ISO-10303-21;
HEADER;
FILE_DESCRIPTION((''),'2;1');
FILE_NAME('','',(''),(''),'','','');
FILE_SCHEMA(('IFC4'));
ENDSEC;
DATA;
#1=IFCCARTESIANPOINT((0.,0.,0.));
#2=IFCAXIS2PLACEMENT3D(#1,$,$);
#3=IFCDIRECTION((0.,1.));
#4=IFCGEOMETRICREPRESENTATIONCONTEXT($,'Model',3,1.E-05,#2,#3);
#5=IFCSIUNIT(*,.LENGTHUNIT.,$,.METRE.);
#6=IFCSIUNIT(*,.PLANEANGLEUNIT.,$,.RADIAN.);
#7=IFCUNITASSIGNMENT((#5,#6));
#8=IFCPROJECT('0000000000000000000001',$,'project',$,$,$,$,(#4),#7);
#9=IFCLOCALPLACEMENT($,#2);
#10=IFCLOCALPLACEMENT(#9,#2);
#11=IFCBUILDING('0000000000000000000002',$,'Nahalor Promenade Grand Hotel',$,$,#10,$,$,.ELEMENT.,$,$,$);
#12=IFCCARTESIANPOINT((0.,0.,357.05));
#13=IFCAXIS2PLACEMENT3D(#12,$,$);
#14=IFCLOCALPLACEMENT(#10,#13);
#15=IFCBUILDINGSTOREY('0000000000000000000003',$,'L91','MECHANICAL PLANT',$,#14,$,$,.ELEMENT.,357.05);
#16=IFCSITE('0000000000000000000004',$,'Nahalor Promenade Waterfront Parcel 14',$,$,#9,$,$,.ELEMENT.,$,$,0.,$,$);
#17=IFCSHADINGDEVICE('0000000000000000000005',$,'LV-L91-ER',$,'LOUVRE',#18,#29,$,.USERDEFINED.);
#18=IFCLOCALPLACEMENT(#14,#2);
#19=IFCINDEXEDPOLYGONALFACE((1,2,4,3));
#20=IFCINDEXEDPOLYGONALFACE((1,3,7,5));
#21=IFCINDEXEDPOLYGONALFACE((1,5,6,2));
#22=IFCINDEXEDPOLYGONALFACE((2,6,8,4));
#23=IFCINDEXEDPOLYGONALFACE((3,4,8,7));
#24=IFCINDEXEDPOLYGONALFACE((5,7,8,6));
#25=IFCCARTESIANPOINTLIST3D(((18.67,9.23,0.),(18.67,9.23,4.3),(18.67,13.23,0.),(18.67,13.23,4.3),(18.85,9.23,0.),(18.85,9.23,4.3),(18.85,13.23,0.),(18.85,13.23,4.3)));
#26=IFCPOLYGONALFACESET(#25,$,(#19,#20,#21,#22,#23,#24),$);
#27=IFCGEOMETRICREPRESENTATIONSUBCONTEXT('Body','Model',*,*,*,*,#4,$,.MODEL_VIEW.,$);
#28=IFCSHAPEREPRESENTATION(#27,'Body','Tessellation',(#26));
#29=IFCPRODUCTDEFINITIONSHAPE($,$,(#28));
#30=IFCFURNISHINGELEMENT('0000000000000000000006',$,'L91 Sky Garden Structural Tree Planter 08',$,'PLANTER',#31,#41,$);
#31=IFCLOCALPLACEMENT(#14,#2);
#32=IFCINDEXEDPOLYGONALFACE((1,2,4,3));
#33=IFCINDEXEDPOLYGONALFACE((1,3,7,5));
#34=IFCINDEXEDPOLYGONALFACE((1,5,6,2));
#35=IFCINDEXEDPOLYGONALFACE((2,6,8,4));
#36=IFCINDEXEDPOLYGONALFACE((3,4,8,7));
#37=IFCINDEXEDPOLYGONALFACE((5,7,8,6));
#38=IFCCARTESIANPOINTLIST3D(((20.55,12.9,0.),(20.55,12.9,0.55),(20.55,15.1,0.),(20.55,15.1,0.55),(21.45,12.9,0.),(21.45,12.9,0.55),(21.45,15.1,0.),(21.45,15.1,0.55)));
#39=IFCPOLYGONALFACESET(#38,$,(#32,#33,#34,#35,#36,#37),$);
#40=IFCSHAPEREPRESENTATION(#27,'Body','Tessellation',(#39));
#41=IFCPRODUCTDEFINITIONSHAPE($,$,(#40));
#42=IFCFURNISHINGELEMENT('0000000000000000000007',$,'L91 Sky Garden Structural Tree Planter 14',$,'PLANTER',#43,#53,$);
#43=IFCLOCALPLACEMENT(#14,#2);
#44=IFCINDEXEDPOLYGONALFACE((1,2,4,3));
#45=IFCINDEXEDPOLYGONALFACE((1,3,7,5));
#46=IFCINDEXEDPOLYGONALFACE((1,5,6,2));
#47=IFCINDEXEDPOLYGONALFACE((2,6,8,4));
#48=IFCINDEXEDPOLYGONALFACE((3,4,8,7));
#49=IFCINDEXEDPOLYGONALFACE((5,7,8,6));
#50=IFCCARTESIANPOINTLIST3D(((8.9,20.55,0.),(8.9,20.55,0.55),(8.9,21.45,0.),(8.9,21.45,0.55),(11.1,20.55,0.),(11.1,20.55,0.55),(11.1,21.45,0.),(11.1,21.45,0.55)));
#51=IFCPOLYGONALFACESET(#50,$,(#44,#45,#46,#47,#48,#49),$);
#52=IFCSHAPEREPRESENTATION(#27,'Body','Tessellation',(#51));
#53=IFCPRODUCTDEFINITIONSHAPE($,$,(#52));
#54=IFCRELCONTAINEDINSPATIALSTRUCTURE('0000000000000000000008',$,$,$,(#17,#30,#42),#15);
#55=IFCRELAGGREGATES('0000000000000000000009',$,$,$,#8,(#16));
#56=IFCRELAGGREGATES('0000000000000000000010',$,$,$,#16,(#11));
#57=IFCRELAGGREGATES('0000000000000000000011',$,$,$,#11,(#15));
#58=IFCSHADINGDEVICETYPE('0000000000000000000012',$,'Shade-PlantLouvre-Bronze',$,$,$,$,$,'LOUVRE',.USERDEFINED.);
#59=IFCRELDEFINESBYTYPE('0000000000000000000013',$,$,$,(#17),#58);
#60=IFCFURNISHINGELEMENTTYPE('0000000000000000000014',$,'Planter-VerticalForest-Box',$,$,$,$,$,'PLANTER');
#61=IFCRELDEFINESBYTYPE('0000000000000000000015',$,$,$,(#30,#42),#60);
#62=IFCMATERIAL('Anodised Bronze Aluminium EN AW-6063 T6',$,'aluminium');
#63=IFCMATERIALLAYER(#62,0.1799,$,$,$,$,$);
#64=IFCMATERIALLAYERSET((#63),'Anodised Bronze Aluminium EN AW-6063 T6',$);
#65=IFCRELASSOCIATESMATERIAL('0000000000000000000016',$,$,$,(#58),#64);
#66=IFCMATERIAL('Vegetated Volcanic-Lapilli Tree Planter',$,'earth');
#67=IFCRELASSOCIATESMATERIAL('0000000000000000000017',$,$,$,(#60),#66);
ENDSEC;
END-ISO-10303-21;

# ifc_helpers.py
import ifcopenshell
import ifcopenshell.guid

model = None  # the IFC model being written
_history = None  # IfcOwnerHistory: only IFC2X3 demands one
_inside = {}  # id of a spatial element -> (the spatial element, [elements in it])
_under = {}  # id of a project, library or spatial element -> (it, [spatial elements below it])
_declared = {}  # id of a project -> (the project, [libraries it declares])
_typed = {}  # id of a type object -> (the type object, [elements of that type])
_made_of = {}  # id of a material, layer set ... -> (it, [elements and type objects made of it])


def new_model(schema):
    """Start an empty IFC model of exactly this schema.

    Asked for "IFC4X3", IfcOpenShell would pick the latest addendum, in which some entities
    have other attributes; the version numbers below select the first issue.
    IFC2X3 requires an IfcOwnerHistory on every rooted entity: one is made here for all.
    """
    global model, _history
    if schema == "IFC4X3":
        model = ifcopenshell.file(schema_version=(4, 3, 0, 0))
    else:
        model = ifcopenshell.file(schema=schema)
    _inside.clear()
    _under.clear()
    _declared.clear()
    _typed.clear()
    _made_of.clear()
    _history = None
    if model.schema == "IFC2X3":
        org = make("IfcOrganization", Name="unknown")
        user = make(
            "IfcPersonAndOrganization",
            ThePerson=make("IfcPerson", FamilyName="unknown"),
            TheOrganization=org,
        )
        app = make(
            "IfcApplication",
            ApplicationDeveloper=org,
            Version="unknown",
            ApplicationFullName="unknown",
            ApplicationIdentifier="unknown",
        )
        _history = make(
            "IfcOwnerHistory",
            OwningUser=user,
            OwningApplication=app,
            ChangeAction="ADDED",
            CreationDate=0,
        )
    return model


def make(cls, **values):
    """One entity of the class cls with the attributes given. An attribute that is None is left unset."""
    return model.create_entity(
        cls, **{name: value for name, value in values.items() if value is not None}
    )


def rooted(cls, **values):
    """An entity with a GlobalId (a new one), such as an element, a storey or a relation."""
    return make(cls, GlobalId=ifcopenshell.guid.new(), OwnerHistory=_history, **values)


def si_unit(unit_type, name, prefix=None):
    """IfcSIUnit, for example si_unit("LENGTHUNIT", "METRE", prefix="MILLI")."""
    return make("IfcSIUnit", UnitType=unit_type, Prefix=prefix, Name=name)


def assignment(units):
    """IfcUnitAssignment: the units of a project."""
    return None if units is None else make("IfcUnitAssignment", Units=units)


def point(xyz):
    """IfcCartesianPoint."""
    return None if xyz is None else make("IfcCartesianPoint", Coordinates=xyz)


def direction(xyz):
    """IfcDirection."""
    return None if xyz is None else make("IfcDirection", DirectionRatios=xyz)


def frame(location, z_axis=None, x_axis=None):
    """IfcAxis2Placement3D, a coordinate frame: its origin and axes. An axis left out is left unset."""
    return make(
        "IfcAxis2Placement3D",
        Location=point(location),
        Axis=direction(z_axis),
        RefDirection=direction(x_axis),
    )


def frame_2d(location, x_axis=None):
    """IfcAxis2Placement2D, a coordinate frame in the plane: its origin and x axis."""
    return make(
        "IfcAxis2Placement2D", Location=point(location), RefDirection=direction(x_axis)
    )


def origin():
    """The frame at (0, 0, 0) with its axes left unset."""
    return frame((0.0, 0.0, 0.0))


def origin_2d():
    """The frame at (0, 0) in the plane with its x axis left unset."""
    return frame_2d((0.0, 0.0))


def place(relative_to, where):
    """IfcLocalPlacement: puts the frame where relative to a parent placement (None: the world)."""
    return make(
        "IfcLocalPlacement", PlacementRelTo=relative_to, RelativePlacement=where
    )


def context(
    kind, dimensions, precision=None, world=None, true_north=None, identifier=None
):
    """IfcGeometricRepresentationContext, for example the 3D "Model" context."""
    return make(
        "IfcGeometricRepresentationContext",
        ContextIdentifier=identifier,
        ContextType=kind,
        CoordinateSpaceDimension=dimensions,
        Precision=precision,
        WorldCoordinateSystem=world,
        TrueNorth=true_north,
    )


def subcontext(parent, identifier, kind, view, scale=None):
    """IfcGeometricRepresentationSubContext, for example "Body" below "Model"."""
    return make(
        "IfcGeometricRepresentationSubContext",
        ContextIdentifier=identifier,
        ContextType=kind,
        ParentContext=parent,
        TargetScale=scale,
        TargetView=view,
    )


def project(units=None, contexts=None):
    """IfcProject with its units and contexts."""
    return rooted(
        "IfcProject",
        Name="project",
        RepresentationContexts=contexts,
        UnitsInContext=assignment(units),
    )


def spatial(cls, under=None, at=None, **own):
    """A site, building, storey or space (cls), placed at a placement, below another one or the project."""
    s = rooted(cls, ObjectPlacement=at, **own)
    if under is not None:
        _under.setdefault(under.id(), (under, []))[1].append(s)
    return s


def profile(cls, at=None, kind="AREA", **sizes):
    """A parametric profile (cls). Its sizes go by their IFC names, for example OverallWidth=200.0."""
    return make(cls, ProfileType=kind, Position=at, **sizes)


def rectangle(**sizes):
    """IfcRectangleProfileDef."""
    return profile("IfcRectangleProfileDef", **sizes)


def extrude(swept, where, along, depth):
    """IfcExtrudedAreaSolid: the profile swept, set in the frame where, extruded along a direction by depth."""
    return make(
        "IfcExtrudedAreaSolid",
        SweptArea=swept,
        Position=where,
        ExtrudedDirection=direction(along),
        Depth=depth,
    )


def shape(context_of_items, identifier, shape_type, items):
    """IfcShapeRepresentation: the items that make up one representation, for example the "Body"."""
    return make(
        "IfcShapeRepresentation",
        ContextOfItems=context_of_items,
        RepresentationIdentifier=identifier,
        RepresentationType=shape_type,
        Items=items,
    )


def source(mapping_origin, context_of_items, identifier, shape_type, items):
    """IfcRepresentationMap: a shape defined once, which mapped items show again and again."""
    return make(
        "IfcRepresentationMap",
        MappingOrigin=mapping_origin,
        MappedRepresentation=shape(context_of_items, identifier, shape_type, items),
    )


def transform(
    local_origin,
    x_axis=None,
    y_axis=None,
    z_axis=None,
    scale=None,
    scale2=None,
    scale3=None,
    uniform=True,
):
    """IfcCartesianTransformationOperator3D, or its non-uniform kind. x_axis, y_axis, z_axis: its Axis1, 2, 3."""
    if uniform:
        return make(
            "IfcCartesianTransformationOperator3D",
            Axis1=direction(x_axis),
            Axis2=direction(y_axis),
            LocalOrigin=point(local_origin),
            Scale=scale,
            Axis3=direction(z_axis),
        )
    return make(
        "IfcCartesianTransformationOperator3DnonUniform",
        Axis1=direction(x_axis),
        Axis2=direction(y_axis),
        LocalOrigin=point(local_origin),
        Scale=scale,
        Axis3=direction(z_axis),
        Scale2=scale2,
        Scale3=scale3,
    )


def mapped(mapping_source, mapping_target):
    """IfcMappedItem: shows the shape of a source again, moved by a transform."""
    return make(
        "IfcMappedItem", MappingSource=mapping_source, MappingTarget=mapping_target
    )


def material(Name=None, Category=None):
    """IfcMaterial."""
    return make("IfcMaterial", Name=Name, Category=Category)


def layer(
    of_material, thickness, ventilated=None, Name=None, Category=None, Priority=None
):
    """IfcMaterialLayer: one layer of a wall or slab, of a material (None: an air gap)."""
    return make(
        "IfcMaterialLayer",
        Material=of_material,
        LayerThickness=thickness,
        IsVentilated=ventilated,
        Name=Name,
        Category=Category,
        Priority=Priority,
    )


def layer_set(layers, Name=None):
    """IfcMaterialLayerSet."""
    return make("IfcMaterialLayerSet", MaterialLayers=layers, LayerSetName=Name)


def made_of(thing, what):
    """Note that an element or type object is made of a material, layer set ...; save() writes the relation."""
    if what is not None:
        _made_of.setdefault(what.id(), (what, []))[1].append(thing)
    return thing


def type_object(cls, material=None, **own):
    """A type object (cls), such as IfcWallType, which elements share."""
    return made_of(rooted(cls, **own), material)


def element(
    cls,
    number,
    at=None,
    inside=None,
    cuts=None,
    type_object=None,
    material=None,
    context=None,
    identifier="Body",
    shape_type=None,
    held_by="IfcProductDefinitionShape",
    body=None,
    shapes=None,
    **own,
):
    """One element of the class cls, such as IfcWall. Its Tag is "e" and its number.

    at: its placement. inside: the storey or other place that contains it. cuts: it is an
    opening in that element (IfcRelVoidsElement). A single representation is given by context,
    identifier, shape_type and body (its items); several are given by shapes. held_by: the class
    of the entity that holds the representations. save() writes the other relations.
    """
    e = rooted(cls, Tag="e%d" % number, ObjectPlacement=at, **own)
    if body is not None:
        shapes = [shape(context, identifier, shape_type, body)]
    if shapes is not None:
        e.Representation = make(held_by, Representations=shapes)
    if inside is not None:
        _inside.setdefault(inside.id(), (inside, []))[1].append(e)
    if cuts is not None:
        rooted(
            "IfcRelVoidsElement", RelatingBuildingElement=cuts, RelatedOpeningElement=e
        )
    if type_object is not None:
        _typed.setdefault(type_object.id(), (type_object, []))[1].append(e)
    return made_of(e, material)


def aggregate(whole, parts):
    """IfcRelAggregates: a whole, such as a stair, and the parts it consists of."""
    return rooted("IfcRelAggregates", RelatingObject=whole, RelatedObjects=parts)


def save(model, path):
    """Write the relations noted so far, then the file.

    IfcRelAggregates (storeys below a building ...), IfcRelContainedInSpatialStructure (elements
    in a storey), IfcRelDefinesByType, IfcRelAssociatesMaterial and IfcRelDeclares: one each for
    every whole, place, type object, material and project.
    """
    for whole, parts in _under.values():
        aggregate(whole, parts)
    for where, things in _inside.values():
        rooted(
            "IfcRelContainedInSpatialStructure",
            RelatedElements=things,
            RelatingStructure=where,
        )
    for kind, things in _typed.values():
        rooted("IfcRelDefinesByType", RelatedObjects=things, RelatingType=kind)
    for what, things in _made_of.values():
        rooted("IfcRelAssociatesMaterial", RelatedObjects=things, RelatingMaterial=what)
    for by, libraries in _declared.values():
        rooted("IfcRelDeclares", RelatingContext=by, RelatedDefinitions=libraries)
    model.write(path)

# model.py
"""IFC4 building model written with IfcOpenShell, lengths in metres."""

from ifc_helpers import new_model, si_unit, direction, frame, origin, origin_2d, place, context, subcontext, project, spatial, rectangle, extrude, source, transform, mapped, material, layer, layer_set, type_object, element, save


model = new_model("IFC4")

# Units and contexts
model_context = context("Model", 3, precision=1e-05, world=origin(), true_north=direction((0.0, 1.0)))
body_context = subcontext(model_context, "Body", "Model", "MODEL_VIEW")
ifc_project = project(units=[si_unit("LENGTHUNIT", "METRE"), si_unit("PLANEANGLEUNIT", "RADIAN")], contexts=[model_context])

# Site, building, storey
site_placement = place(None, origin())
site = spatial("IfcSite", under=ifc_project, at=site_placement, Name="Nahalor Promenade Waterfront Parcel 14", CompositionType="ELEMENT", RefElevation=0.0)
building_placement = place(site_placement, origin())
building = spatial("IfcBuilding", under=site, at=building_placement, Name="Nahalor Promenade Grand Hotel", CompositionType="ELEMENT")
storey_placement = place(building_placement, frame((0.0, 0.0, 357.05)))
storey = spatial("IfcBuildingStorey", under=building, at=storey_placement, Name="L91", Description="MECHANICAL PLANT", CompositionType="ELEMENT", Elevation=357.05)

# Shared definitions
ifc_material_1 = material(Name="Anodised Bronze Aluminium EN AW-6063 T6", Category="aluminium")

# Shading device
ifc_layer_1 = layer(ifc_material_1, 0.1799)
ifc_layer_set_1 = layer_set([ifc_layer_1], Name="Anodised Bronze Aluminium EN AW-6063 T6")
shading_device_type = type_object("IfcShadingDeviceType", Name="Shade-PlantLouvre-Bronze", ElementType="LOUVRE", PredefinedType="USERDEFINED", material=ifc_layer_set_1)
shared_shape_1 = source(origin(), body_context, "Body", "SweptSolid", [
    extrude(rectangle(XDim=4.0, YDim=0.1799, at=origin_2d()), origin(), (0.0, 0.0, 1.0), 4.3),
])
for number, where, z_axis, x_axis, name in (
    (1, (18.76, 11.23, 0.0), (0.0, 0.0, 1.0), (0.0, 1.0, 0.0), "LV-L91-ER"),
):
    element("IfcShadingDevice", number, at=place(storey_placement, frame(where, z_axis=z_axis, x_axis=x_axis)), inside=storey, type_object=shading_device_type, Name=name, ObjectType="LOUVRE", PredefinedType="USERDEFINED", context=body_context, shape_type="MappedRepresentation", body=[
        mapped(shared_shape_1, transform((0.0, 0.0, 0.0), scale=1.0)),
    ])

# Furnishing elements
ifc_material_2 = material(Name="Vegetated Volcanic-Lapilli Tree Planter", Category="earth")
furnishing_element_type = type_object("IfcFurnishingElementType", Name="Planter-VerticalForest-Box", ElementType="PLANTER", material=ifc_material_2)
shared_shape_2 = source(origin(), body_context, "Body", "SweptSolid", [
    extrude(rectangle(XDim=2.2, YDim=0.8999, at=origin_2d()), origin(), (0.0, 0.0, 1.0), 0.55),
])
for number, where, z_axis, x_axis, name in (
    (2, (21.0, 14.0, 0.0), (0.0, 0.0, 1.0), (0.0, 1.0, 0.0), "L91 Sky Garden Structural Tree Planter 08"),
    (3, (10.0, 21.0, 0.0), (0.0, 0.0, 1.0), (1.0, 0.0, 0.0), "L91 Sky Garden Structural Tree Planter 14"),
):
    element("IfcFurnishingElement", number, at=place(storey_placement, frame(where, z_axis=z_axis, x_axis=x_axis)), inside=storey, type_object=furnishing_element_type, Name=name, ObjectType="PLANTER", context=body_context, shape_type="MappedRepresentation", body=[
        mapped(shared_shape_2, transform((0.0, 0.0, 0.0), scale=1.0)),
    ])

save(model, "model.ifc")
